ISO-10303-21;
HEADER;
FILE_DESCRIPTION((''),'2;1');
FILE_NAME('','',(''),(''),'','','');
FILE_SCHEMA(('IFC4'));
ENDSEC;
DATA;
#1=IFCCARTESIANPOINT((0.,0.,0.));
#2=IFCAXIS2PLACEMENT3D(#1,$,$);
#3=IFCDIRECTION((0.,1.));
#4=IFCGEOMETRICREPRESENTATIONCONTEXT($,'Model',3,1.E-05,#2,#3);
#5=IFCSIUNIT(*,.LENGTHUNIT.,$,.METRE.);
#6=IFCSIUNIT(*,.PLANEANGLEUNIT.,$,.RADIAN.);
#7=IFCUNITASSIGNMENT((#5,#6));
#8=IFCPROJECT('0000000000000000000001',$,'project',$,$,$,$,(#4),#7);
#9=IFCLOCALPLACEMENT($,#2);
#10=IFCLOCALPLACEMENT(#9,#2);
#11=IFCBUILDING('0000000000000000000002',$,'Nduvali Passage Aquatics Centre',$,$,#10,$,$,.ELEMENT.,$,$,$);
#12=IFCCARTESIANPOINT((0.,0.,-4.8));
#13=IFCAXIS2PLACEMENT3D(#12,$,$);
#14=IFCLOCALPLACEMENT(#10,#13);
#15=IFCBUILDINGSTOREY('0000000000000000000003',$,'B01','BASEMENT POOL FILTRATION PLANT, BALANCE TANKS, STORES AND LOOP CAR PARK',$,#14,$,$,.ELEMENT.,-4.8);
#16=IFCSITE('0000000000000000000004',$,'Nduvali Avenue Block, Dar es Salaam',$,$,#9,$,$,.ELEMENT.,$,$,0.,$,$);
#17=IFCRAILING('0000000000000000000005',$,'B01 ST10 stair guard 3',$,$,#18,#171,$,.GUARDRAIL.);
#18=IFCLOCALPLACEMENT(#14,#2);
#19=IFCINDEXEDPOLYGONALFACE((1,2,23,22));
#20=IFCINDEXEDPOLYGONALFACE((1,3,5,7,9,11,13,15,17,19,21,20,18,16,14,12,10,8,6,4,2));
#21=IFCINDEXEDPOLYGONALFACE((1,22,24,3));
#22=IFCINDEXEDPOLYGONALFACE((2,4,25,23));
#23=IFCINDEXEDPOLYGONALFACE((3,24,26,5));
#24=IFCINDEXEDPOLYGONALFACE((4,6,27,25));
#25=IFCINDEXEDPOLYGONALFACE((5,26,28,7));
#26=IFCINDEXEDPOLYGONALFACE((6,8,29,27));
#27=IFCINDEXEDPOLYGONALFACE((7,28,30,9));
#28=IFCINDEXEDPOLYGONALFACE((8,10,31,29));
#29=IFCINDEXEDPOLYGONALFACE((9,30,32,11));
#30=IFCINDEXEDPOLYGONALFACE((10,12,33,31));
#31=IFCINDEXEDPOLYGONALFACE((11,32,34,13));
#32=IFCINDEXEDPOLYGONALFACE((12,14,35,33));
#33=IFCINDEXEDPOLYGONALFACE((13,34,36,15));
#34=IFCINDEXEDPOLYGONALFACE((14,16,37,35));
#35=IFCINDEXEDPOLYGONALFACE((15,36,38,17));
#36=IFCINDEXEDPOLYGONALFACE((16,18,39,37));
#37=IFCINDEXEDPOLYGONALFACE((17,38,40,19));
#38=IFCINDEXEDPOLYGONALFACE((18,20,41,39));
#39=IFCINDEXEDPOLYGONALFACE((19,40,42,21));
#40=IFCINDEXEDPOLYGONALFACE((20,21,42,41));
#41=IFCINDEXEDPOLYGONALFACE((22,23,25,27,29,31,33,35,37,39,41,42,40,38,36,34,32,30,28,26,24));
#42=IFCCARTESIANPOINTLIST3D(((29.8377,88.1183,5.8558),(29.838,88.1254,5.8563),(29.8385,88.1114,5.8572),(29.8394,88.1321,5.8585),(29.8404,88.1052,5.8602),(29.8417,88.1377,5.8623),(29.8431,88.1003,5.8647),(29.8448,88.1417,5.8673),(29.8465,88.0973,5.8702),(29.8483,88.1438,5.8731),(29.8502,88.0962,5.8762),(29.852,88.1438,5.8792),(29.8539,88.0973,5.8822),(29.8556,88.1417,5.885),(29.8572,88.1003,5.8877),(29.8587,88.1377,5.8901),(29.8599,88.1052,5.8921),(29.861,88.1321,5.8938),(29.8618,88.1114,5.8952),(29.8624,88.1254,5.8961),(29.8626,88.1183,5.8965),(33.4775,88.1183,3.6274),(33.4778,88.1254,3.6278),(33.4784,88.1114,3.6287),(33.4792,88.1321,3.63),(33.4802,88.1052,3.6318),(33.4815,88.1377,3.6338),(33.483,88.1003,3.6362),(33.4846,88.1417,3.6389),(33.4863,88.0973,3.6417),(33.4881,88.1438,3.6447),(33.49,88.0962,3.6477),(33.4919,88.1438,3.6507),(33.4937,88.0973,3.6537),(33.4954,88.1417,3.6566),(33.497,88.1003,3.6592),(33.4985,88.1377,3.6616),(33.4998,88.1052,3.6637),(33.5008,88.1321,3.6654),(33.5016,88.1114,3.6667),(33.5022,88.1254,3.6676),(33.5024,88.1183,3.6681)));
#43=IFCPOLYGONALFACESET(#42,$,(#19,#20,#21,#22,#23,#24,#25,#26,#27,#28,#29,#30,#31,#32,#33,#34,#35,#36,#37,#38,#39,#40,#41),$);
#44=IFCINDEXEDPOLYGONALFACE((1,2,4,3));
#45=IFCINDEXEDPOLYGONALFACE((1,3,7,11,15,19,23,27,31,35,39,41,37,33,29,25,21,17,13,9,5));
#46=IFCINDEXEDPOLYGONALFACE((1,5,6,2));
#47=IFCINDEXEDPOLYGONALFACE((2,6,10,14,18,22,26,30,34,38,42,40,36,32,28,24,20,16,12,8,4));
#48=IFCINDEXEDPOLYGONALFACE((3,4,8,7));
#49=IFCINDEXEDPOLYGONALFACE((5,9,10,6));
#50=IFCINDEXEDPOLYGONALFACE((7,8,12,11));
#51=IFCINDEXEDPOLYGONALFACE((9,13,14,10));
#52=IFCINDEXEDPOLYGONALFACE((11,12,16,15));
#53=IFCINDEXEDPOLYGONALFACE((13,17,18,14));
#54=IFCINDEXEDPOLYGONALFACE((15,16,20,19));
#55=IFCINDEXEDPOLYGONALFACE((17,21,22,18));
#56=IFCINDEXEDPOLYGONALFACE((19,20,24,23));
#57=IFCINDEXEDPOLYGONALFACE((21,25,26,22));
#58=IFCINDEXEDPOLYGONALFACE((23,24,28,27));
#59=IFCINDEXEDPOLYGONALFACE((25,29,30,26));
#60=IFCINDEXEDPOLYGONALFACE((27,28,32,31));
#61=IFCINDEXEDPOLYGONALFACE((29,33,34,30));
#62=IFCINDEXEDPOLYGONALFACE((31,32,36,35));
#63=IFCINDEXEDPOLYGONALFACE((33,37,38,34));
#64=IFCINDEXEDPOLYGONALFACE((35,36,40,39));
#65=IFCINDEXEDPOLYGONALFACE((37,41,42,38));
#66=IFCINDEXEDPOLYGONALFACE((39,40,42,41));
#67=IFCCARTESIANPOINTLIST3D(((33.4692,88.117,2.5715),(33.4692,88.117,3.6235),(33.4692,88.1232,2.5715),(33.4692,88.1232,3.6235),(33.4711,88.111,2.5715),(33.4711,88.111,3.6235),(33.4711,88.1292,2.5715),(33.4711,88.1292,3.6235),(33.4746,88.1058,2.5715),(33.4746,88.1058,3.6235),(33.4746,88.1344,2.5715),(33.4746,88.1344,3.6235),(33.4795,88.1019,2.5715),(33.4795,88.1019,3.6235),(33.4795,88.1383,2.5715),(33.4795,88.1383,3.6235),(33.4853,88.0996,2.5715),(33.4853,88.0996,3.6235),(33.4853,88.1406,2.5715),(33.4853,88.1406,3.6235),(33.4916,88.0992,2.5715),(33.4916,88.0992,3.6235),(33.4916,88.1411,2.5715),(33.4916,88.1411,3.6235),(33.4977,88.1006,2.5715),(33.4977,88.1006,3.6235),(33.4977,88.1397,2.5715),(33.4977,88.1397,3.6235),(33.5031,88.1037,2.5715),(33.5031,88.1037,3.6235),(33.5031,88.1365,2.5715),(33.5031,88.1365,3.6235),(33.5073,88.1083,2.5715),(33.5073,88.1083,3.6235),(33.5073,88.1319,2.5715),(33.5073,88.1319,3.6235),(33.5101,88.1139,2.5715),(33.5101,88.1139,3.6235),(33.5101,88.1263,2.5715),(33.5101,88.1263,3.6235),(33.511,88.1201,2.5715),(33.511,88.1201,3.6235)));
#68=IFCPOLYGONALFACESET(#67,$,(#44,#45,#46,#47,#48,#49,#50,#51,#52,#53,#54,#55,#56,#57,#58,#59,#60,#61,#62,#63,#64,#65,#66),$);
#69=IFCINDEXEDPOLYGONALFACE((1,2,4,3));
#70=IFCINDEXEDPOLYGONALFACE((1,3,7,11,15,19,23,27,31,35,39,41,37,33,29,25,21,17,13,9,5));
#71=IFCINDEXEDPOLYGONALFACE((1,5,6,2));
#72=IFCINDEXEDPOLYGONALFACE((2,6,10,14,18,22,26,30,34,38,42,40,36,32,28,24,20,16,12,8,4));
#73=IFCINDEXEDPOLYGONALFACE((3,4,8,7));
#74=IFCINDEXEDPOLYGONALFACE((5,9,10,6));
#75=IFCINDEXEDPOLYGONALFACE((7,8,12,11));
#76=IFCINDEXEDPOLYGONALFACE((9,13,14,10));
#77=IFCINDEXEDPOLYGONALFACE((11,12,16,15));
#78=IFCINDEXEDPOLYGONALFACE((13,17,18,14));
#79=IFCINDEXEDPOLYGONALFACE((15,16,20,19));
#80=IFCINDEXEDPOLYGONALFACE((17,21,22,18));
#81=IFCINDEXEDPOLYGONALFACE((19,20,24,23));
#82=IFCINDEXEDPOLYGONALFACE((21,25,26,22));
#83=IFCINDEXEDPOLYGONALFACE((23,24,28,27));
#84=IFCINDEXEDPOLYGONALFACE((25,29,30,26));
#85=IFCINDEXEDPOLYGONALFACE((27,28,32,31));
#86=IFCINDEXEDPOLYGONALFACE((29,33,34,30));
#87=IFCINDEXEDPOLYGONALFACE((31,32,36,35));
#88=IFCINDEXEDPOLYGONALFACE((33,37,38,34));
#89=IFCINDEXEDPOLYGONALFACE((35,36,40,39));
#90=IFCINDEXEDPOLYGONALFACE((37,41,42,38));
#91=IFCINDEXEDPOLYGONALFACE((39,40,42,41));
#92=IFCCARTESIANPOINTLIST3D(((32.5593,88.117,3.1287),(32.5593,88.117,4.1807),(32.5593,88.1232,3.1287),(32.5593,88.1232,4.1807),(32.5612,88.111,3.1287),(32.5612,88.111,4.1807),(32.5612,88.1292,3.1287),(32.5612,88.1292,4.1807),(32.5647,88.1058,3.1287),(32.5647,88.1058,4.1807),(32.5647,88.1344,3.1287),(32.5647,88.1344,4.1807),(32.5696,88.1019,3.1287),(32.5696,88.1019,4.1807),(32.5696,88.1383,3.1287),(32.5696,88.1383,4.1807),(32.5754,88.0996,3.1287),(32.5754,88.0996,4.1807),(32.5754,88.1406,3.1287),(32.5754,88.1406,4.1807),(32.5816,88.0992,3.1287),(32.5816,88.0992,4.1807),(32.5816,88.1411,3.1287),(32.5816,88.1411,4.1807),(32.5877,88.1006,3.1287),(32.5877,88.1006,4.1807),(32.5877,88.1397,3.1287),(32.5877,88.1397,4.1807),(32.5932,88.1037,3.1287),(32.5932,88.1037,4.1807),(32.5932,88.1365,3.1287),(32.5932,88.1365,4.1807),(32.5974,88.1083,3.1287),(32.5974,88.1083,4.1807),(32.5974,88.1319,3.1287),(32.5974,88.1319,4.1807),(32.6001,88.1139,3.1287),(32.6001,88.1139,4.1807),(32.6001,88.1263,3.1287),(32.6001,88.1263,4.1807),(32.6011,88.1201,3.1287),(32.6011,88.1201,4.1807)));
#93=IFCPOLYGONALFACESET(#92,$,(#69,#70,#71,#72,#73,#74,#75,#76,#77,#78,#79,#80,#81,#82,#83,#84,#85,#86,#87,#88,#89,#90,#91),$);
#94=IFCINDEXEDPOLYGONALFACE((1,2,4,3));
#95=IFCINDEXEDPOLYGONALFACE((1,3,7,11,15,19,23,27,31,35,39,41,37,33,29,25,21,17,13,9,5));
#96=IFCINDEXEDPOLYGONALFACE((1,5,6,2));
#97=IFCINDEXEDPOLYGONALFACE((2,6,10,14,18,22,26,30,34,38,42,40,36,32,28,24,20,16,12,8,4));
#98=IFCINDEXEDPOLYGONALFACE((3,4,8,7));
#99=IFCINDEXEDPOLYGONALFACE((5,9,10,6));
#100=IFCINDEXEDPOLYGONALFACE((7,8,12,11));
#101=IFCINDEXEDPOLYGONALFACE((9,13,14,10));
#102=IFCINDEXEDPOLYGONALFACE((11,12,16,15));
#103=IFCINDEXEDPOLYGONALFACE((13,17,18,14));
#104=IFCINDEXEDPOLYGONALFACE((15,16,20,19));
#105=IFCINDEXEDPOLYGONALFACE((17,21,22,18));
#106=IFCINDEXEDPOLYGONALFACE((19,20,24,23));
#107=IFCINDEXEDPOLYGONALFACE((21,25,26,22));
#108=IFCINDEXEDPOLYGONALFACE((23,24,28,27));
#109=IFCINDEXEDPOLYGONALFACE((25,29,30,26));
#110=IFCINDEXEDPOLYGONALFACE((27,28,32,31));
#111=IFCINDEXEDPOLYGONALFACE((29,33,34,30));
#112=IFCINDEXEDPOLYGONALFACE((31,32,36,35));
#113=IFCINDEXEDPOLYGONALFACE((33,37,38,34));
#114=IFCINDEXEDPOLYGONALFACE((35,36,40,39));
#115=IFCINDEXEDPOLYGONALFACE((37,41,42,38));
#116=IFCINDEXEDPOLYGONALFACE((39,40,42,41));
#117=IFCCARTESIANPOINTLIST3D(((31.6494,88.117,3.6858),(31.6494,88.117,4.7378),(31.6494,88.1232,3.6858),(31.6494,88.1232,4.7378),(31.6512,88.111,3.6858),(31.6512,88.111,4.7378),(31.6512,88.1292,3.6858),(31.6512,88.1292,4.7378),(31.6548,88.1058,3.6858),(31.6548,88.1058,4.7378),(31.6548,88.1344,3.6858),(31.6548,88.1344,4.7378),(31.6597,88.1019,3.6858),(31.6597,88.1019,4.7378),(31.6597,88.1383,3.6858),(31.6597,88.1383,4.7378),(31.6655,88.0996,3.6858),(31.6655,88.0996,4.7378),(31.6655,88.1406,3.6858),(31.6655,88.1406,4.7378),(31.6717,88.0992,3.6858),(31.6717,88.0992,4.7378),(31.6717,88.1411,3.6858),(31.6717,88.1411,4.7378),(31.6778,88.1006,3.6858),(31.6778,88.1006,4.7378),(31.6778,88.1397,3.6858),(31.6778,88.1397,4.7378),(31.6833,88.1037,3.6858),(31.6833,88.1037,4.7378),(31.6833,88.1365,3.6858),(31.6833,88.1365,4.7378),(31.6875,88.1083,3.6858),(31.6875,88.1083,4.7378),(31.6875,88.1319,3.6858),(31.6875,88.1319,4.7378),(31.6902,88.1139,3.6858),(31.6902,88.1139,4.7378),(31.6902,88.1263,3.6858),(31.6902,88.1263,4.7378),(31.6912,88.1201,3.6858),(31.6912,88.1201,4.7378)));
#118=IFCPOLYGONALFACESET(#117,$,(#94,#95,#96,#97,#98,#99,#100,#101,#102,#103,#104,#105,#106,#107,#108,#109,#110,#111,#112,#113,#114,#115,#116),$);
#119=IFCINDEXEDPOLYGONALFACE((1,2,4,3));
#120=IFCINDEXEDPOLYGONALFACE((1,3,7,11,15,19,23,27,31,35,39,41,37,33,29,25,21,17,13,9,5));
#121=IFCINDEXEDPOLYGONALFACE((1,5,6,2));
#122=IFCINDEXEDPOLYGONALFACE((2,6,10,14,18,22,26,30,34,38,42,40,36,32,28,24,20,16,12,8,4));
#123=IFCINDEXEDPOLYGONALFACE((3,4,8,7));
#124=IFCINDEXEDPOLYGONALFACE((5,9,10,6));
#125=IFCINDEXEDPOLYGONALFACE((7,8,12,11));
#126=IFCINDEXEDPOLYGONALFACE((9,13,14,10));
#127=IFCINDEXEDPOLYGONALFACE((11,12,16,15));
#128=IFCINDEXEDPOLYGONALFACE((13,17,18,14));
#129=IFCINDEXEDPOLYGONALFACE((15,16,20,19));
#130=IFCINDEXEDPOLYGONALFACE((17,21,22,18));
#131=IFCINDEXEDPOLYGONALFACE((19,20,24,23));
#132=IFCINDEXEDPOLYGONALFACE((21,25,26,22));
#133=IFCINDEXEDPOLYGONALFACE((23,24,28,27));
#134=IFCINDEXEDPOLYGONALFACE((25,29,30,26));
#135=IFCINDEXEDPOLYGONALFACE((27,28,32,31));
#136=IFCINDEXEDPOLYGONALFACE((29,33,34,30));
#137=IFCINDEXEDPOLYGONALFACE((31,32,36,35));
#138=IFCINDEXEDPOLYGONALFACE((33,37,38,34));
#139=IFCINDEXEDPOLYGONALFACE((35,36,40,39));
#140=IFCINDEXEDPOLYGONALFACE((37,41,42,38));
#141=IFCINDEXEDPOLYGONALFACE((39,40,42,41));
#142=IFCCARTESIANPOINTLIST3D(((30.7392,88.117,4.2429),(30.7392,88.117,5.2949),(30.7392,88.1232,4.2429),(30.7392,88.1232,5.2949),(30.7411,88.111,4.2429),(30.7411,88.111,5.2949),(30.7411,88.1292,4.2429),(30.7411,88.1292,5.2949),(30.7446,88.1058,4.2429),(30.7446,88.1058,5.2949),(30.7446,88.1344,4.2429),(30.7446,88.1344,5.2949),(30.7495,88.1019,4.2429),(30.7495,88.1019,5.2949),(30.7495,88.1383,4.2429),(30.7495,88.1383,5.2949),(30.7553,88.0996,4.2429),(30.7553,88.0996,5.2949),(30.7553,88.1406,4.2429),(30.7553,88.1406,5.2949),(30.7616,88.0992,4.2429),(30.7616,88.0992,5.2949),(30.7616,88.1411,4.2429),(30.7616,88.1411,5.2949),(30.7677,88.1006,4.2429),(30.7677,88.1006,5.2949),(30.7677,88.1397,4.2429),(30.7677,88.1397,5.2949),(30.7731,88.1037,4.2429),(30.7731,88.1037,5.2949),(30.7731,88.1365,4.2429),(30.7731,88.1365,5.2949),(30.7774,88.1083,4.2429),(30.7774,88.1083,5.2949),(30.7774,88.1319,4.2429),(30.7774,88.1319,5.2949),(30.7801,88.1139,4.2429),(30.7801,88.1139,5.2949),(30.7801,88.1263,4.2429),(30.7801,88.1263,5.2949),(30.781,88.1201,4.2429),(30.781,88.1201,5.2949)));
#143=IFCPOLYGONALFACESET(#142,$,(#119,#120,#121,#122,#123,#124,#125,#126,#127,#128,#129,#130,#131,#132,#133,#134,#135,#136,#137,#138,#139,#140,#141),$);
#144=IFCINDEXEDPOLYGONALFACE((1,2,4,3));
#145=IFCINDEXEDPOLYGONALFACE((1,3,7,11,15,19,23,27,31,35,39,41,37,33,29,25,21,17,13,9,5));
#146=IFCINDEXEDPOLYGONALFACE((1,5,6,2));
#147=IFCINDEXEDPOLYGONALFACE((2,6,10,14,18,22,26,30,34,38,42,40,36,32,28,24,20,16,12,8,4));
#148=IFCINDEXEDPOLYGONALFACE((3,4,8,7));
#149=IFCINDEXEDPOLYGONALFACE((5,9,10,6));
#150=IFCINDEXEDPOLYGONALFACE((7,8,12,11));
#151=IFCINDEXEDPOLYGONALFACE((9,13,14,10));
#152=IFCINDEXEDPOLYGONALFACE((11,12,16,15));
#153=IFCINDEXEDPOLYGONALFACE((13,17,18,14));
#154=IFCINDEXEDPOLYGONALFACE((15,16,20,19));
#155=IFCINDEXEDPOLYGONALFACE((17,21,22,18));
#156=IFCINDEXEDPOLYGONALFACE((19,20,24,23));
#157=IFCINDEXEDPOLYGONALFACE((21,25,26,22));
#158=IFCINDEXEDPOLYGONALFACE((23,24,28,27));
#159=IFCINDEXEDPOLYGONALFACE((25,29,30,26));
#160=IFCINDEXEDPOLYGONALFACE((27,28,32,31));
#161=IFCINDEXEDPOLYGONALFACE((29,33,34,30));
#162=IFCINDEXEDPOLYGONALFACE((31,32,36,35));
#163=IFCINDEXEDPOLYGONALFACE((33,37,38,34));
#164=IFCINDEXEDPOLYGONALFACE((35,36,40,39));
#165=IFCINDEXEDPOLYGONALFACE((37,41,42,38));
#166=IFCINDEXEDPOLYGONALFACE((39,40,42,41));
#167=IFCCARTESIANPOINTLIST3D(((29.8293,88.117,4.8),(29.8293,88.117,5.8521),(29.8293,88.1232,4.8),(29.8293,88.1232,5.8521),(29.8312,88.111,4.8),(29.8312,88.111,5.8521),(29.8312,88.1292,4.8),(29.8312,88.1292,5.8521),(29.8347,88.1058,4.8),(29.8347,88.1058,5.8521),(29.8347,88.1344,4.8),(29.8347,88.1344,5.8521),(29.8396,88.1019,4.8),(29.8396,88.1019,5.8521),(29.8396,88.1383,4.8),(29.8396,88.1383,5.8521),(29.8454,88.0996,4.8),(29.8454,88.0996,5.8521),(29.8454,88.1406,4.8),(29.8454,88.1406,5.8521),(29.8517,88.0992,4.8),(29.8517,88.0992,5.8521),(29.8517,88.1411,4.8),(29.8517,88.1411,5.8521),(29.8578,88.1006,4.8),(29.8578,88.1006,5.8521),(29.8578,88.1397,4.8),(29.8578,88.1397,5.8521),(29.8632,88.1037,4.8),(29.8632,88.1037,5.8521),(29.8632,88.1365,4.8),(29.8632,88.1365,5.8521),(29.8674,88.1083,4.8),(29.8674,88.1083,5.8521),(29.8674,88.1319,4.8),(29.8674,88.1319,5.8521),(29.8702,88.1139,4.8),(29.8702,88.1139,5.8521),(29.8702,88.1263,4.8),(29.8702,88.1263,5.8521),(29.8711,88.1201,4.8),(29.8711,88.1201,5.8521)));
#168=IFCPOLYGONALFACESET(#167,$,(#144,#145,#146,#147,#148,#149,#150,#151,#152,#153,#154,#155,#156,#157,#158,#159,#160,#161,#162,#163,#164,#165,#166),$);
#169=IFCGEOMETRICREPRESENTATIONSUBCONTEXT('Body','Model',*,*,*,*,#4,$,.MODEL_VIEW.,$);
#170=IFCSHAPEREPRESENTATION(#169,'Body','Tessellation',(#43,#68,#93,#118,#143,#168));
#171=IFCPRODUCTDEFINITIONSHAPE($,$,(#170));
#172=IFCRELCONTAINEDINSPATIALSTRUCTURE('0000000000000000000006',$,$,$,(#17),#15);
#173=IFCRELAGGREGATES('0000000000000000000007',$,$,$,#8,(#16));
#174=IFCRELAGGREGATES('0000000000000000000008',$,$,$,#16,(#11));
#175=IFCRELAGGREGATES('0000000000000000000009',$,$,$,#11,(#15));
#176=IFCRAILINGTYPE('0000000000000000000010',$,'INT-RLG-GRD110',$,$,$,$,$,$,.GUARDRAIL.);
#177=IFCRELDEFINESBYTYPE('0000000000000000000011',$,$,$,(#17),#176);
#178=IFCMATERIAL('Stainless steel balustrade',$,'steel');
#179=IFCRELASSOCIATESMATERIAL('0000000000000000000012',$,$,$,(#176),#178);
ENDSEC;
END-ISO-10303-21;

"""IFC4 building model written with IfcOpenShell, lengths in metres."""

from ifc_helpers import new_model, si_unit, direction, frame, origin, origin_2d, place, context, subcontext, project, spatial, circle, extrude, material, type_object, element, save


model = new_model("IFC4")

# Units and contexts
model_context = context("Model", 3, precision=1e-05, world=origin(), true_north=direction((0.0, 1.0)))
body_context = subcontext(model_context, "Body", "Model", "MODEL_VIEW")
ifc_project = project(units=[si_unit("LENGTHUNIT", "METRE"), si_unit("PLANEANGLEUNIT", "RADIAN")], contexts=[model_context])

# Site, building, storey
site_placement = place(None, origin())
site = spatial("IfcSite", under=ifc_project, at=site_placement, Name="Nduvali Avenue Block, Dar es Salaam", CompositionType="ELEMENT", RefElevation=0.0)
building_placement = place(site_placement, origin())
building = spatial("IfcBuilding", under=site, at=building_placement, Name="Nduvali Passage Aquatics Centre", CompositionType="ELEMENT")
storey_placement = place(building_placement, frame((0.0, 0.0, -4.8)))
storey = spatial("IfcBuildingStorey", under=building, at=storey_placement, Name="B01", Description="BASEMENT POOL FILTRATION PLANT, BALANCE TANKS, STORES AND LOOP CAR PARK", CompositionType="ELEMENT", Elevation=-4.8)

# Railing
ifc_material_1 = material(Name="Stainless steel balustrade", Category="steel")
railing_type_1 = type_object("IfcRailingType", Name="INT-RLG-GRD110", PredefinedType="GUARDRAIL", material=ifc_material_1)
railing_1_placement = place(storey_placement, frame((33.49, 88.1201, 2.5715)))
element("IfcRailing", 1, at=railing_1_placement, inside=storey, type_object=railing_type_1, Name="B01 ST10 stair guard 3", PredefinedType="GUARDRAIL", context=body_context, shape_type="SweptSolid", body=[
    extrude(circle(Radius=0.0239, at=origin_2d()), frame((0.0, 0.0, 1.0762), z_axis=(-0.85285, 0.0, 0.522156), x_axis=(0.0, -1.0, 0.0)), (0.0, 0.0, 1.0), 4.2678),
    extrude(circle(Radius=0.021, at=origin_2d()), origin(), (0.0, 0.0, 1.0), 1.052),
    extrude(circle(Radius=0.021, at=origin_2d()), frame((-0.9099, 0.0, 0.5571)), (0.0, 0.0, 1.0), 1.052),
    extrude(circle(Radius=0.021, at=origin_2d()), frame((-1.8198, 0.0, 1.1143)), (0.0, 0.0, 1.0), 1.052),
    extrude(circle(Radius=0.021, at=origin_2d()), frame((-2.73, 0.0, 1.6714)), (0.0, 0.0, 1.0), 1.052),
    extrude(circle(Radius=0.021, at=origin_2d()), frame((-3.6399, 0.0, 2.2285)), (0.0, 0.0, 1.0), 1.052),
])

save(model, "model.ifc")
